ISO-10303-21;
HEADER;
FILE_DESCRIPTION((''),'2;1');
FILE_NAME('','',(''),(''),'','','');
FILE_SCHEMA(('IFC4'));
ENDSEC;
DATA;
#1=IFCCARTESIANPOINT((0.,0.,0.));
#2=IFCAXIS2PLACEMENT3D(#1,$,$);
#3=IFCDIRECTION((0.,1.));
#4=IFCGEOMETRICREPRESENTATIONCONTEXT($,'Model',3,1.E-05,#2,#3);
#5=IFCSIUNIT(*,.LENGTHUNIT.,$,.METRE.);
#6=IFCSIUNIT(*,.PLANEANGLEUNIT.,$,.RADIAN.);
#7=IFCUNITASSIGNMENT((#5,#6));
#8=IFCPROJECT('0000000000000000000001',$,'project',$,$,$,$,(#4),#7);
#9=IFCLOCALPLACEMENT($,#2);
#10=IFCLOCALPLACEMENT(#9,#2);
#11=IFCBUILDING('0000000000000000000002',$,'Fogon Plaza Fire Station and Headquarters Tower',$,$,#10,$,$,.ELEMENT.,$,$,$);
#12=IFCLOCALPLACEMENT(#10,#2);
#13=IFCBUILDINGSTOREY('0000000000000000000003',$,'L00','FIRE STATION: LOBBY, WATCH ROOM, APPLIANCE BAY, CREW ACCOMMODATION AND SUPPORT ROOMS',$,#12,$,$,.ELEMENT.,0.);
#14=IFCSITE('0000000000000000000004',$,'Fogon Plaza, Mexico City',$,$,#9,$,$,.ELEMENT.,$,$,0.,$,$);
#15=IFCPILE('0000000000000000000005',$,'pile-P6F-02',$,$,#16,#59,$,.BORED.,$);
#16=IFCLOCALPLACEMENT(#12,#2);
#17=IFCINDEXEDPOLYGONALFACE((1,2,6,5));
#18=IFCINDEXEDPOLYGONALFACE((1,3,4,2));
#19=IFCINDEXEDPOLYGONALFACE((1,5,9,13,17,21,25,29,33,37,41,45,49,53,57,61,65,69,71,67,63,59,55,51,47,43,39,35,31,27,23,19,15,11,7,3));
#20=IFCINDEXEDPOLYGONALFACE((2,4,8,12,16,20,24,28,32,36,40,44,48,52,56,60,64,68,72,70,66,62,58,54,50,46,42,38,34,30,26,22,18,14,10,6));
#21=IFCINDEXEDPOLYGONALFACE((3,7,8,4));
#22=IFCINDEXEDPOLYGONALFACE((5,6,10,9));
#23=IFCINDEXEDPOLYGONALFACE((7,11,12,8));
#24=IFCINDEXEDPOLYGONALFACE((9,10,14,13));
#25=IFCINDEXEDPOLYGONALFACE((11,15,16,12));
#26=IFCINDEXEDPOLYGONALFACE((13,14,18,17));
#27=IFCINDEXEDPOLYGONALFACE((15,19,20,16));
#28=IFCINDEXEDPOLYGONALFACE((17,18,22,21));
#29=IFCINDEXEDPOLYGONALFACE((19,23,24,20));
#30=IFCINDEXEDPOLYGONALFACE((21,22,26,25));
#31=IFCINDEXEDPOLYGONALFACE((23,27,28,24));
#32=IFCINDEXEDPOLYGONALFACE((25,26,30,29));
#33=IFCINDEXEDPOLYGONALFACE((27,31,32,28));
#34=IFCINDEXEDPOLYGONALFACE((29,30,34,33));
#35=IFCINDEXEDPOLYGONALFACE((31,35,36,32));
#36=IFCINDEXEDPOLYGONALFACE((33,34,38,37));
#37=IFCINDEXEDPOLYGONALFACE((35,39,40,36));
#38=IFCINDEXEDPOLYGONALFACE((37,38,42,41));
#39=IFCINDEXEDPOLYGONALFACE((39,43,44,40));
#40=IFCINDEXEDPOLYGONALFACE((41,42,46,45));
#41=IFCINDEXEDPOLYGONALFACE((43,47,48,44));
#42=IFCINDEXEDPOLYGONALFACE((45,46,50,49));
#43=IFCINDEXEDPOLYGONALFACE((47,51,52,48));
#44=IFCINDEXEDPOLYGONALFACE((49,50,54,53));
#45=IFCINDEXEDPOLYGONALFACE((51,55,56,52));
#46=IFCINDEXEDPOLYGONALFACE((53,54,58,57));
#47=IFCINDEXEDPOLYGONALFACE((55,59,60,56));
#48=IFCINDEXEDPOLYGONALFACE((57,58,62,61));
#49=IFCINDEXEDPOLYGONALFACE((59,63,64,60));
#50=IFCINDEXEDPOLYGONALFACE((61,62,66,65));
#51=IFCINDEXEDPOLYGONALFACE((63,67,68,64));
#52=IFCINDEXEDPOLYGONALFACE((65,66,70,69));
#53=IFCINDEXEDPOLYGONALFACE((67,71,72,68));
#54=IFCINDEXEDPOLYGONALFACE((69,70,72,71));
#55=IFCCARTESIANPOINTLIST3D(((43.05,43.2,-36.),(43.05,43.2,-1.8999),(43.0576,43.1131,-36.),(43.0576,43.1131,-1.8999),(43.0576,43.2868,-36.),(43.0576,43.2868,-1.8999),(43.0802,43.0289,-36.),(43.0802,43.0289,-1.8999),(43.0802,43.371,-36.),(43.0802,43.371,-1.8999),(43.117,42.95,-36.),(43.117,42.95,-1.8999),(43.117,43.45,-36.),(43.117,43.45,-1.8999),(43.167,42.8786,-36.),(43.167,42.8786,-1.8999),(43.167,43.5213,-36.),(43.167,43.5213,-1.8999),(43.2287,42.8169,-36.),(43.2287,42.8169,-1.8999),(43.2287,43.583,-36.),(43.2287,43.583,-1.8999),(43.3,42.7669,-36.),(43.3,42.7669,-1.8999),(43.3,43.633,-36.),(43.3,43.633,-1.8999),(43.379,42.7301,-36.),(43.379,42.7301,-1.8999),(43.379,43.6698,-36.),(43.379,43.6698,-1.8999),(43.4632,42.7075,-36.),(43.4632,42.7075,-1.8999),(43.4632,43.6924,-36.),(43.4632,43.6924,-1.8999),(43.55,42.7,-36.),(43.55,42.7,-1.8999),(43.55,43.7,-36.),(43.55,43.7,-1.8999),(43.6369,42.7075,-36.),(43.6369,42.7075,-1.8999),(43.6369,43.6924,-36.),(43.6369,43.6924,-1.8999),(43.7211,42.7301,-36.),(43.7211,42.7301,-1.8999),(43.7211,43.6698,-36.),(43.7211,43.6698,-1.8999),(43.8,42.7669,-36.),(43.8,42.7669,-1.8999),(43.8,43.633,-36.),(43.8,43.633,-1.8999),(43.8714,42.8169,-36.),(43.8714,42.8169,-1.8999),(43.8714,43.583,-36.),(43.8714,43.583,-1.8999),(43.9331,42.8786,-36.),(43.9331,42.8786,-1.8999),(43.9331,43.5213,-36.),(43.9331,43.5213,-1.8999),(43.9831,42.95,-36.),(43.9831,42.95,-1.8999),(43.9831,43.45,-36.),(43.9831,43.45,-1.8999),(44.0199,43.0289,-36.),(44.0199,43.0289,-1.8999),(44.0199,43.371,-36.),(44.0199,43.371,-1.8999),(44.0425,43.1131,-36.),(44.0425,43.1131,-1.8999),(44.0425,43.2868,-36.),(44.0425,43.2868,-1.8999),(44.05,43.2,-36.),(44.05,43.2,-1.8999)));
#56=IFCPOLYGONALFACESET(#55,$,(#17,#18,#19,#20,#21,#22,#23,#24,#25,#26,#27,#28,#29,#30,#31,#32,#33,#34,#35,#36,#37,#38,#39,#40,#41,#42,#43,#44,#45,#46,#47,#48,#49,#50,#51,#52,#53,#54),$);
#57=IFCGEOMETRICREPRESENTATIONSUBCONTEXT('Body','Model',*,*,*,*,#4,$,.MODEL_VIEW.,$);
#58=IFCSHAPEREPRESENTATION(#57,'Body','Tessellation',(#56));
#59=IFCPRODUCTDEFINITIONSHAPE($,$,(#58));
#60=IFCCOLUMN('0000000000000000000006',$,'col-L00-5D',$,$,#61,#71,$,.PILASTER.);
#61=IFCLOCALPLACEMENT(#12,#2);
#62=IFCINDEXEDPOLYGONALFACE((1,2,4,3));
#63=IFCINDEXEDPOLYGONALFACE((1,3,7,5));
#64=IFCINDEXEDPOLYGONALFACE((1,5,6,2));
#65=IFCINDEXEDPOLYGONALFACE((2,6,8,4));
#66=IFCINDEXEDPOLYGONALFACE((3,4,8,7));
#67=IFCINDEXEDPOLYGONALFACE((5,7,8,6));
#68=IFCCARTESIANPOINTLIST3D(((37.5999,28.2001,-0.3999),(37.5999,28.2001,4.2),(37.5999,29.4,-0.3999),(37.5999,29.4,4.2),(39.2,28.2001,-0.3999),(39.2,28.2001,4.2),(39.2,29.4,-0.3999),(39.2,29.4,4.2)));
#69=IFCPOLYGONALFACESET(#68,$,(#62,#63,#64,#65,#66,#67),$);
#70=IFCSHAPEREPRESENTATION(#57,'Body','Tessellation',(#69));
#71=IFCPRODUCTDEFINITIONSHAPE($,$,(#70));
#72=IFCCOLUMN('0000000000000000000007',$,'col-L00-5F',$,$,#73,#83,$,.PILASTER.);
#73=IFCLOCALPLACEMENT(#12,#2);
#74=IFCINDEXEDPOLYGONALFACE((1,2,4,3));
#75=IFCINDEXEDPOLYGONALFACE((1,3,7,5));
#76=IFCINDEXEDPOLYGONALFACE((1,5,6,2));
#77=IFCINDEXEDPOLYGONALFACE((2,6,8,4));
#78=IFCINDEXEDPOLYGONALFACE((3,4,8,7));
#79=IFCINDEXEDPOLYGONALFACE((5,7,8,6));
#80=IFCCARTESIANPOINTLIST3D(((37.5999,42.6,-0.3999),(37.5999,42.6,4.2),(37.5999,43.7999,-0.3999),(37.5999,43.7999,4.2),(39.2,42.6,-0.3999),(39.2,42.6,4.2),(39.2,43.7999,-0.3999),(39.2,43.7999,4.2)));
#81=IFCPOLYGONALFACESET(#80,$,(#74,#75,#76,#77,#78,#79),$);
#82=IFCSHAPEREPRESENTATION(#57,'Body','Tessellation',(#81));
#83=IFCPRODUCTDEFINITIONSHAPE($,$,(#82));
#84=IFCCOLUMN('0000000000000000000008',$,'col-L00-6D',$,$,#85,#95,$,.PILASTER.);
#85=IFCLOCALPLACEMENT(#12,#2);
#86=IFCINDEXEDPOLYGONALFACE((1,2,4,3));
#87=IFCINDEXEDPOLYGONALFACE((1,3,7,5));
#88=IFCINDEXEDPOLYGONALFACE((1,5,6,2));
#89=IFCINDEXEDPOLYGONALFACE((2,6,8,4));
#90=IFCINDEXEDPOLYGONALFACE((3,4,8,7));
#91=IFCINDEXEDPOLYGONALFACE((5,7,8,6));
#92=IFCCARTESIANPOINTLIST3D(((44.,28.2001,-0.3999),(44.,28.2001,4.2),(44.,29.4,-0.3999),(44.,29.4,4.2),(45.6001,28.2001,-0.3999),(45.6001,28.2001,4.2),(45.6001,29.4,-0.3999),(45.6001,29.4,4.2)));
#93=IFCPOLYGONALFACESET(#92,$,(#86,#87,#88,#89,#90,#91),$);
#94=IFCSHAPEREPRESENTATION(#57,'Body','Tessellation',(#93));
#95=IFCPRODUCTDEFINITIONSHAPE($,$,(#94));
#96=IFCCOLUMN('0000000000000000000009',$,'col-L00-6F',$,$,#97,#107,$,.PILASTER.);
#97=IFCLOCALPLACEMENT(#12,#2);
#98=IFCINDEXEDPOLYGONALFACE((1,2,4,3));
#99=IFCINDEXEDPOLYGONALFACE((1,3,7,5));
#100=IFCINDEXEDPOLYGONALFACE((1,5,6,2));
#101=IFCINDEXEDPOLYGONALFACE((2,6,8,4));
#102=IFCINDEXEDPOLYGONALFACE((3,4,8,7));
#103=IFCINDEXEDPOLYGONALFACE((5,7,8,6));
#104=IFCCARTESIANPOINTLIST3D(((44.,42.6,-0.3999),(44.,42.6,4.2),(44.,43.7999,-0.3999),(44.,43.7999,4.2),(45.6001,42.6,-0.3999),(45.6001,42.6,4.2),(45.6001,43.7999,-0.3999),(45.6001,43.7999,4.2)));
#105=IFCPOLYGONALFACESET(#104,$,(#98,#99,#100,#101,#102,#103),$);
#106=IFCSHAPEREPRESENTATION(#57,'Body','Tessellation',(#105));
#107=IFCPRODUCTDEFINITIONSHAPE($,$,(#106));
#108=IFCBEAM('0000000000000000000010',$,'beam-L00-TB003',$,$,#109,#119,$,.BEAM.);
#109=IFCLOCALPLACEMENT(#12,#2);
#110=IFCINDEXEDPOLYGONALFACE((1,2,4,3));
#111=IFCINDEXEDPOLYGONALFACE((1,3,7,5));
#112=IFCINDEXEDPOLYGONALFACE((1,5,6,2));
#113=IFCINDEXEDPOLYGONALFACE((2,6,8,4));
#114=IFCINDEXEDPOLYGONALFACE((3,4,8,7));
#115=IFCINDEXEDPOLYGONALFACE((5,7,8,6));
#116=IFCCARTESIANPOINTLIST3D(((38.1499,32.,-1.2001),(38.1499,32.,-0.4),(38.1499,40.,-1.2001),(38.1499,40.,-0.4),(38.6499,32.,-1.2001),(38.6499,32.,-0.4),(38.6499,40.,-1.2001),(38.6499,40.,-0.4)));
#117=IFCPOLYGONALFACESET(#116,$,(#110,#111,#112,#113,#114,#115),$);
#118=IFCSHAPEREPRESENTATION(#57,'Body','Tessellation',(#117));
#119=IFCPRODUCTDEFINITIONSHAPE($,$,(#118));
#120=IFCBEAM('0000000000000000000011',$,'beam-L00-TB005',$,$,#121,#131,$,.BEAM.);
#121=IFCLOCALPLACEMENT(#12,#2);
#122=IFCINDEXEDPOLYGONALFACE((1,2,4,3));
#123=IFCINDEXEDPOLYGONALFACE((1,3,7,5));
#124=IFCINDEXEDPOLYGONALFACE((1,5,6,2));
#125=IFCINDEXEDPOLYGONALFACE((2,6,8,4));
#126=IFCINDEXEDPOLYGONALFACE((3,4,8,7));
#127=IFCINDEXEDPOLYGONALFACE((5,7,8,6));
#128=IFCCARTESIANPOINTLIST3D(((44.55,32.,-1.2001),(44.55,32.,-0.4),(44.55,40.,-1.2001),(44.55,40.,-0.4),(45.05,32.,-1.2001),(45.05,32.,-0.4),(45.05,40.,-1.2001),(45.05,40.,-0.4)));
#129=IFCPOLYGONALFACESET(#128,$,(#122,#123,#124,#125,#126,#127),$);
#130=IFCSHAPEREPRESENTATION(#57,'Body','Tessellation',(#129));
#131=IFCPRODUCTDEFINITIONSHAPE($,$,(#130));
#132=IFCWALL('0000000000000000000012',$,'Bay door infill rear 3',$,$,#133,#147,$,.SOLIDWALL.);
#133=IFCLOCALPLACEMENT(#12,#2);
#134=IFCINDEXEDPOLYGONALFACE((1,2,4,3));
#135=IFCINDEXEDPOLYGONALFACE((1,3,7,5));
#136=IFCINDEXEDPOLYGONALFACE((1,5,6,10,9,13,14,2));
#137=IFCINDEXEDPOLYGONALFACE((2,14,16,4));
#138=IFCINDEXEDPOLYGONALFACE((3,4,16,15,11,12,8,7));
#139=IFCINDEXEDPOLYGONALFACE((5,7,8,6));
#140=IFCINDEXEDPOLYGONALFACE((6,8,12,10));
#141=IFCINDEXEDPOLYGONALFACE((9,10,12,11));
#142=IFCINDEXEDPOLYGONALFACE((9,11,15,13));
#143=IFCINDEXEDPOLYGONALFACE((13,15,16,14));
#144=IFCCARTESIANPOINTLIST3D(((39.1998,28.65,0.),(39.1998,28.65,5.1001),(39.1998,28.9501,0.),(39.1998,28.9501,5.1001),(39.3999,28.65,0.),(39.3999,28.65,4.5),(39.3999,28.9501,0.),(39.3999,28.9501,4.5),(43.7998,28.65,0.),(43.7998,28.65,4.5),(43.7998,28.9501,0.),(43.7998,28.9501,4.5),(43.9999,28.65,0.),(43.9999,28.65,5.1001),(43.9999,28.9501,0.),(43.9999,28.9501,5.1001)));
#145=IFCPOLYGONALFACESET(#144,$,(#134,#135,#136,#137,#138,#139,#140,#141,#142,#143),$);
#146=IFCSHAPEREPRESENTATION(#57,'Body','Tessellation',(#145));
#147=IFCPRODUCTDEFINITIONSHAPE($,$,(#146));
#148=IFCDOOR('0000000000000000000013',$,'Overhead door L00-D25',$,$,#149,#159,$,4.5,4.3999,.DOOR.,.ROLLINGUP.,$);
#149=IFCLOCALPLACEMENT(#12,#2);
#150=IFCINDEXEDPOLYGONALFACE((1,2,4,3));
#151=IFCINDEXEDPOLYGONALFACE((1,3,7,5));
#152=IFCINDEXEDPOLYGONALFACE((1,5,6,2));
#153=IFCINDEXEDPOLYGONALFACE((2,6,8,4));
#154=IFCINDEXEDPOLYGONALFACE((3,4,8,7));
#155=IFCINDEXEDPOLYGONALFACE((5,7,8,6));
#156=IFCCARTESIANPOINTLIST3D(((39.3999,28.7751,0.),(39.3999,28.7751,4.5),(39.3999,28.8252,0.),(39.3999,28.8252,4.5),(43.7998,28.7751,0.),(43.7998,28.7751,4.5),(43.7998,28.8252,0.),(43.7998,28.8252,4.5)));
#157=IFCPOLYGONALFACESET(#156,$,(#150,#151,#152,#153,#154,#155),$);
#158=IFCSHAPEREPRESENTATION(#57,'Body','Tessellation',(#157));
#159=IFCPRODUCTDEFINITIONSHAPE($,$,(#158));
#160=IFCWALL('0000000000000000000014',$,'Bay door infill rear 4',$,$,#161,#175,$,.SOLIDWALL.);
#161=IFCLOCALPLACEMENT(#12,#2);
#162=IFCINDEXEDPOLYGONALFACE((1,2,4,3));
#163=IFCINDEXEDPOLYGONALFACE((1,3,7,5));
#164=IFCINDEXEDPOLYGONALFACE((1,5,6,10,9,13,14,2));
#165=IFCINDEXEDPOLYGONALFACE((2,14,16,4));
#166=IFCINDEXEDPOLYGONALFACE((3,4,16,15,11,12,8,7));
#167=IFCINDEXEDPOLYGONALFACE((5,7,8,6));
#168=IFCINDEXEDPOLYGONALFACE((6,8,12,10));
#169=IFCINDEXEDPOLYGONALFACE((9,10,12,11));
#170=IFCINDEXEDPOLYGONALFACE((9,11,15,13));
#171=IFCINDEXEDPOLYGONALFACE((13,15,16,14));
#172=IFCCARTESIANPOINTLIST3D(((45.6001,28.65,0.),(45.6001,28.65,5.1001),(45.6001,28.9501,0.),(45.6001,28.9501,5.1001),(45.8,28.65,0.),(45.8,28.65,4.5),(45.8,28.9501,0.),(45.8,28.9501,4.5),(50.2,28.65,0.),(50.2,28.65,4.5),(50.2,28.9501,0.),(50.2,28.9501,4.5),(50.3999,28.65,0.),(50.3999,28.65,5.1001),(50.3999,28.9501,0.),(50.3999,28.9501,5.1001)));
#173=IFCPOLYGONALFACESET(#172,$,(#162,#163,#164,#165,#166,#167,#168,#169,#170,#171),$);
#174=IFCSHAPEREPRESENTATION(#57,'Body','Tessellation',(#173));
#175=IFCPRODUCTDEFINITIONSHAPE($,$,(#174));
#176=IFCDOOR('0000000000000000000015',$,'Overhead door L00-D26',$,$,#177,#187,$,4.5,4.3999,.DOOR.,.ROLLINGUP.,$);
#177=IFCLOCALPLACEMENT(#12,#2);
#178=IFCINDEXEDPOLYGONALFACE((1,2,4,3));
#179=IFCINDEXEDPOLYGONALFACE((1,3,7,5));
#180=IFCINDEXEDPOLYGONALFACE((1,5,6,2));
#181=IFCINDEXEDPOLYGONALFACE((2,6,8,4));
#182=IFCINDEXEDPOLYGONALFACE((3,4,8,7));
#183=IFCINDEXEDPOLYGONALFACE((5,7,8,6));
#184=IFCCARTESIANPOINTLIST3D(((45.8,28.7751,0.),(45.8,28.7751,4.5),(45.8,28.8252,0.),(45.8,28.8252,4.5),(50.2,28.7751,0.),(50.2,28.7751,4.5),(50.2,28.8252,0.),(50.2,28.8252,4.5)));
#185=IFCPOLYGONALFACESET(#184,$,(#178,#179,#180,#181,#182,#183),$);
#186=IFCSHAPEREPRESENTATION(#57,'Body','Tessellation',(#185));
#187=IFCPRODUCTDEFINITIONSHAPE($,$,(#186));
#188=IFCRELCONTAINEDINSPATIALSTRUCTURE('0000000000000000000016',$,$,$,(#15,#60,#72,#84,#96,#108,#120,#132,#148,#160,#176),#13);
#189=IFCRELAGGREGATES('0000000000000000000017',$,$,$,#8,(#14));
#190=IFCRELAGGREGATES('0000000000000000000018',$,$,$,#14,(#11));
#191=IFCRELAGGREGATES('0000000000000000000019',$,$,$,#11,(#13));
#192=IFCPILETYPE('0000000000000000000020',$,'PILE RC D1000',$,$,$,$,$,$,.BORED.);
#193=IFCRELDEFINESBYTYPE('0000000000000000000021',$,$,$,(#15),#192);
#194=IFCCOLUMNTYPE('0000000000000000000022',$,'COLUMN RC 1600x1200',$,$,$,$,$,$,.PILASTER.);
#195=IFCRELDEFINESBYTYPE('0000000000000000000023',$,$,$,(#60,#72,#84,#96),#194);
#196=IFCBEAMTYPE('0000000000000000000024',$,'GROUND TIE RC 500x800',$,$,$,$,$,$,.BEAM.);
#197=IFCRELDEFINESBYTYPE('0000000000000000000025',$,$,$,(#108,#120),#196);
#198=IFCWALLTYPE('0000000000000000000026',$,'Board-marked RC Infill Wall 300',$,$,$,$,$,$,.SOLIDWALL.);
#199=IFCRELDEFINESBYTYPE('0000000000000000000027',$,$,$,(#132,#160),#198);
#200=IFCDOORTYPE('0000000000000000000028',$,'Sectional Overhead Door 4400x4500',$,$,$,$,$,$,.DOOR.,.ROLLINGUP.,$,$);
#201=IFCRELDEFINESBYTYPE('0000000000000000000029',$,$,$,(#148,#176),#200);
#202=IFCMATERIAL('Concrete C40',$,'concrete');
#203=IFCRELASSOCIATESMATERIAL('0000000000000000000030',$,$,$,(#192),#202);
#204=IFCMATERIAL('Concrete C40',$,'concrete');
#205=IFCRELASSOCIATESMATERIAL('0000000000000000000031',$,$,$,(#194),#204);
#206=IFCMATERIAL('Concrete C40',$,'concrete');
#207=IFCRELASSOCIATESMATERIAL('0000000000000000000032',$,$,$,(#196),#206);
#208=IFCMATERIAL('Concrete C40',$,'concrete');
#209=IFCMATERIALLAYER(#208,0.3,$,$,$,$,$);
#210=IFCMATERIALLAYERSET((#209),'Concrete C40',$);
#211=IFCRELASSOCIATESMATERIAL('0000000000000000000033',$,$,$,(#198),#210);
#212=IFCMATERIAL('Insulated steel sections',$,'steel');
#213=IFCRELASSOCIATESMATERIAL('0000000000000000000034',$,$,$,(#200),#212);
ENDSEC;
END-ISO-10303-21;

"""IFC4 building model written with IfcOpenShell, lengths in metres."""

from ifc_helpers import new_model, si_unit, direction, frame, frame_2d, origin, origin_2d, place, context, subcontext, project, spatial, rectangle, circle, extrude, material, layer, layer_set, material_profile, profile_set, type_object, element, fill, save


model = new_model("IFC4")

# Units and contexts
model_context = context("Model", 3, precision=1e-05, world=origin(), true_north=direction((0.0, 1.0)))
body_context = subcontext(model_context, "Body", "Model", "MODEL_VIEW")
ifc_project = project(units=[si_unit("LENGTHUNIT", "METRE"), si_unit("PLANEANGLEUNIT", "RADIAN")], contexts=[model_context])

# Site, building, storey
site_placement = place(None, origin())
site = spatial("IfcSite", under=ifc_project, at=site_placement, Name="Fogon Plaza, Mexico City", CompositionType="ELEMENT", RefElevation=0.0)
building_placement = place(site_placement, origin())
building = spatial("IfcBuilding", under=site, at=building_placement, Name="Fogon Plaza Fire Station and Headquarters Tower", CompositionType="ELEMENT")
storey_placement = place(building_placement, origin())
storey = spatial("IfcBuildingStorey", under=building, at=storey_placement, Name="L00", Description="FIRE STATION: LOBBY, WATCH ROOM, APPLIANCE BAY, CREW ACCOMMODATION AND SUPPORT ROOMS", CompositionType="ELEMENT", Elevation=0.0)

# Pile
ifc_material_1 = material(Name="Concrete C40", Category="concrete")
ifc_material_profile_1 = material_profile(ifc_material_1, circle(Radius=0.5, at=origin_2d()), Name="RC D1000")
ifc_profile_set_1 = profile_set([ifc_material_profile_1], Name="Concrete C40")
pile_type = type_object("IfcPileType", Name="PILE RC D1000", PredefinedType="BORED", material=ifc_profile_set_1)
for number, where, z_axis, x_axis, name in (
    (1, (43.55, 43.2, -1.8999), (0.0, 0.0, -1.0), (1.0, 0.0, 0.0), "pile-P6F-02"),
):
    element("IfcPile", number, at=place(storey_placement, frame(where, z_axis=z_axis, x_axis=x_axis)), inside=storey, type_object=pile_type, Name=name, PredefinedType="BORED", context=body_context, shape_type="SweptSolid", body=[
        extrude(circle(Radius=0.5, at=origin_2d()), origin(), (0.0, 0.0, 1.0), 34.1001),
    ])

# Columns
ifc_material_2 = material(Name="Concrete C40", Category="concrete")
ifc_material_profile_2 = material_profile(ifc_material_2, rectangle(XDim=1.6001, YDim=1.2, at=origin_2d()), Name="RC 1600x1200")
ifc_profile_set_2 = profile_set([ifc_material_profile_2], Name="Concrete C40")
column_type = type_object("IfcColumnType", Name="COLUMN RC 1600x1200", PredefinedType="PILASTER", material=ifc_profile_set_2)
for number, where, z_axis, x_axis, name in (
    (2, (38.3999, 28.8, -0.3999), (0.0, 0.0, 1.0), (1.0, 0.0, 0.0), "col-L00-5D"),
    (3, (38.3999, 43.2, -0.3999), (0.0, 0.0, 1.0), (1.0, 0.0, 0.0), "col-L00-5F"),
    (4, (44.8, 28.8, -0.3999), (0.0, 0.0, 1.0), (1.0, 0.0, 0.0), "col-L00-6D"),
    (5, (44.8, 43.2, -0.3999), (0.0, 0.0, 1.0), (1.0, 0.0, 0.0), "col-L00-6F"),
):
    element("IfcColumn", number, at=place(storey_placement, frame(where, z_axis=z_axis, x_axis=x_axis)), inside=storey, type_object=column_type, Name=name, PredefinedType="PILASTER", context=body_context, shape_type="SweptSolid", body=[
        extrude(rectangle(XDim=1.6001, YDim=1.2, at=origin_2d()), origin(), (0.0, 0.0, 1.0), 4.5999),
    ])

# Beams
ifc_material_3 = material(Name="Concrete C40", Category="concrete")
ifc_material_profile_3 = material_profile(ifc_material_3, rectangle(XDim=0.5, YDim=0.8, at=origin_2d()), Name="RC 500x800")
ifc_profile_set_3 = profile_set([ifc_material_profile_3], Name="Concrete C40")
beam_type = type_object("IfcBeamType", Name="GROUND TIE RC 500x800", PredefinedType="BEAM", material=ifc_profile_set_3)
for number, where, z_axis, x_axis, name in (
    (6, (38.3999, 32.0, -0.8), (0.0, 1.0, 0.0), (-1.0, 0.0, 0.0), "beam-L00-TB003"),
    (7, (44.8, 32.0, -0.8), (0.0, 1.0, 0.0), (-1.0, 0.0, 0.0), "beam-L00-TB005"),
):
    element("IfcBeam", number, at=place(storey_placement, frame(where, z_axis=z_axis, x_axis=x_axis)), inside=storey, type_object=beam_type, Name=name, PredefinedType="BEAM", context=body_context, shape_type="SweptSolid", body=[
        extrude(rectangle(XDim=0.5, YDim=0.8, at=origin_2d()), origin(), (0.0, 0.0, 1.0), 8.0),
    ])

# Walls, openings, doors
ifc_material_4 = material(Name="Concrete C40", Category="concrete")
ifc_layer = layer(ifc_material_4, 0.3)
ifc_layer_set = layer_set([ifc_layer], Name="Concrete C40")
wall_type = type_object("IfcWallType", Name="Board-marked RC Infill Wall 300", PredefinedType="SOLIDWALL", material=ifc_layer_set)
wall_1_placement = place(storey_placement, frame((39.2, 28.8, 0.0), z_axis=(0.0, 0.0, 1.0), x_axis=(1.0, 0.0, 0.0)))
wall_1 = element("IfcWall", 8, at=wall_1_placement, inside=storey, type_object=wall_type, Name="Bay door infill rear 3", PredefinedType="SOLIDWALL", context=body_context, shape_type="SweptSolid", body=[
    extrude(rectangle(XDim=4.8, YDim=0.3, at=frame_2d((2.3999, 0.0))), origin(), (0.0, 0.0, 1.0), 5.1001),
])
opening_1_placement = place(wall_1_placement, frame((0.2, 0.0, 0.0)))
opening_1 = element("IfcOpeningElement", 9, at=opening_1_placement, cuts=wall_1, PredefinedType="OPENING", context=body_context, shape_type="SweptSolid", body=[
    extrude(rectangle(XDim=4.3999, YDim=4.5, at=frame_2d((2.2, 2.25))), frame((0.0, 0.1599, 0.0), z_axis=(0.0, -1.0, 0.0), x_axis=(1.0, 0.0, 0.0)), (0.0, 0.0, 1.0), 0.3201),
])
ifc_material_5 = material(Name="Insulated steel sections", Category="steel")
door_type = type_object("IfcDoorType", Name="Sectional Overhead Door 4400x4500", OperationType="ROLLINGUP", PredefinedType="DOOR", material=ifc_material_5)
door_1_placement = place(opening_1_placement, frame((4.3999, 0.0, 0.0), z_axis=(0.0, 0.0, 1.0), x_axis=(-1.0, 0.0, 0.0)))
door_1 = element("IfcDoor", 10, at=door_1_placement, inside=storey, type_object=door_type, Name="Overhead door L00-D25", OperationType="ROLLINGUP", OverallHeight=4.5, OverallWidth=4.3999, PredefinedType="DOOR", context=body_context, shape_type="SweptSolid", body=[
    extrude(rectangle(XDim=4.3999, YDim=4.5, at=frame_2d((2.2, 2.25))), frame((0.0, 0.0249, 0.0), z_axis=(0.0, -1.0, 0.0), x_axis=(1.0, 0.0, 0.0)), (0.0, 0.0, 1.0), 0.05),
])
fill(opening_1, door_1)
wall_2_placement = place(storey_placement, frame((45.6001, 28.8, 0.0), z_axis=(0.0, 0.0, 1.0), x_axis=(1.0, 0.0, 0.0)))
wall_2 = element("IfcWall", 11, at=wall_2_placement, inside=storey, type_object=wall_type, Name="Bay door infill rear 4", PredefinedType="SOLIDWALL", context=body_context, shape_type="SweptSolid", body=[
    extrude(rectangle(XDim=4.7998, YDim=0.3, at=frame_2d((2.3999, 0.0))), origin(), (0.0, 0.0, 1.0), 5.1001),
])
opening_2_placement = place(wall_2_placement, frame((0.2, 0.0, 0.0)))
opening_2 = element("IfcOpeningElement", 12, at=opening_2_placement, cuts=wall_2, PredefinedType="OPENING", context=body_context, shape_type="SweptSolid", body=[
    extrude(rectangle(XDim=4.3999, YDim=4.5, at=frame_2d((2.2, 2.25))), frame((0.0, 0.1599, 0.0), z_axis=(0.0, -1.0, 0.0), x_axis=(1.0, 0.0, 0.0)), (0.0, 0.0, 1.0), 0.3201),
])
door_2_placement = place(opening_2_placement, frame((4.3999, 0.0, 0.0), z_axis=(0.0, 0.0, 1.0), x_axis=(-1.0, 0.0, 0.0)))
door_2 = element("IfcDoor", 13, at=door_2_placement, inside=storey, type_object=door_type, Name="Overhead door L00-D26", OperationType="ROLLINGUP", OverallHeight=4.5, OverallWidth=4.3999, PredefinedType="DOOR", context=body_context, shape_type="SweptSolid", body=[
    extrude(rectangle(XDim=4.3999, YDim=4.5, at=frame_2d((2.2, 2.25))), frame((0.0, 0.0249, 0.0), z_axis=(0.0, -1.0, 0.0), x_axis=(1.0, 0.0, 0.0)), (0.0, 0.0, 1.0), 0.05),
])
fill(opening_2, door_2)

save(model, "model.ifc")
